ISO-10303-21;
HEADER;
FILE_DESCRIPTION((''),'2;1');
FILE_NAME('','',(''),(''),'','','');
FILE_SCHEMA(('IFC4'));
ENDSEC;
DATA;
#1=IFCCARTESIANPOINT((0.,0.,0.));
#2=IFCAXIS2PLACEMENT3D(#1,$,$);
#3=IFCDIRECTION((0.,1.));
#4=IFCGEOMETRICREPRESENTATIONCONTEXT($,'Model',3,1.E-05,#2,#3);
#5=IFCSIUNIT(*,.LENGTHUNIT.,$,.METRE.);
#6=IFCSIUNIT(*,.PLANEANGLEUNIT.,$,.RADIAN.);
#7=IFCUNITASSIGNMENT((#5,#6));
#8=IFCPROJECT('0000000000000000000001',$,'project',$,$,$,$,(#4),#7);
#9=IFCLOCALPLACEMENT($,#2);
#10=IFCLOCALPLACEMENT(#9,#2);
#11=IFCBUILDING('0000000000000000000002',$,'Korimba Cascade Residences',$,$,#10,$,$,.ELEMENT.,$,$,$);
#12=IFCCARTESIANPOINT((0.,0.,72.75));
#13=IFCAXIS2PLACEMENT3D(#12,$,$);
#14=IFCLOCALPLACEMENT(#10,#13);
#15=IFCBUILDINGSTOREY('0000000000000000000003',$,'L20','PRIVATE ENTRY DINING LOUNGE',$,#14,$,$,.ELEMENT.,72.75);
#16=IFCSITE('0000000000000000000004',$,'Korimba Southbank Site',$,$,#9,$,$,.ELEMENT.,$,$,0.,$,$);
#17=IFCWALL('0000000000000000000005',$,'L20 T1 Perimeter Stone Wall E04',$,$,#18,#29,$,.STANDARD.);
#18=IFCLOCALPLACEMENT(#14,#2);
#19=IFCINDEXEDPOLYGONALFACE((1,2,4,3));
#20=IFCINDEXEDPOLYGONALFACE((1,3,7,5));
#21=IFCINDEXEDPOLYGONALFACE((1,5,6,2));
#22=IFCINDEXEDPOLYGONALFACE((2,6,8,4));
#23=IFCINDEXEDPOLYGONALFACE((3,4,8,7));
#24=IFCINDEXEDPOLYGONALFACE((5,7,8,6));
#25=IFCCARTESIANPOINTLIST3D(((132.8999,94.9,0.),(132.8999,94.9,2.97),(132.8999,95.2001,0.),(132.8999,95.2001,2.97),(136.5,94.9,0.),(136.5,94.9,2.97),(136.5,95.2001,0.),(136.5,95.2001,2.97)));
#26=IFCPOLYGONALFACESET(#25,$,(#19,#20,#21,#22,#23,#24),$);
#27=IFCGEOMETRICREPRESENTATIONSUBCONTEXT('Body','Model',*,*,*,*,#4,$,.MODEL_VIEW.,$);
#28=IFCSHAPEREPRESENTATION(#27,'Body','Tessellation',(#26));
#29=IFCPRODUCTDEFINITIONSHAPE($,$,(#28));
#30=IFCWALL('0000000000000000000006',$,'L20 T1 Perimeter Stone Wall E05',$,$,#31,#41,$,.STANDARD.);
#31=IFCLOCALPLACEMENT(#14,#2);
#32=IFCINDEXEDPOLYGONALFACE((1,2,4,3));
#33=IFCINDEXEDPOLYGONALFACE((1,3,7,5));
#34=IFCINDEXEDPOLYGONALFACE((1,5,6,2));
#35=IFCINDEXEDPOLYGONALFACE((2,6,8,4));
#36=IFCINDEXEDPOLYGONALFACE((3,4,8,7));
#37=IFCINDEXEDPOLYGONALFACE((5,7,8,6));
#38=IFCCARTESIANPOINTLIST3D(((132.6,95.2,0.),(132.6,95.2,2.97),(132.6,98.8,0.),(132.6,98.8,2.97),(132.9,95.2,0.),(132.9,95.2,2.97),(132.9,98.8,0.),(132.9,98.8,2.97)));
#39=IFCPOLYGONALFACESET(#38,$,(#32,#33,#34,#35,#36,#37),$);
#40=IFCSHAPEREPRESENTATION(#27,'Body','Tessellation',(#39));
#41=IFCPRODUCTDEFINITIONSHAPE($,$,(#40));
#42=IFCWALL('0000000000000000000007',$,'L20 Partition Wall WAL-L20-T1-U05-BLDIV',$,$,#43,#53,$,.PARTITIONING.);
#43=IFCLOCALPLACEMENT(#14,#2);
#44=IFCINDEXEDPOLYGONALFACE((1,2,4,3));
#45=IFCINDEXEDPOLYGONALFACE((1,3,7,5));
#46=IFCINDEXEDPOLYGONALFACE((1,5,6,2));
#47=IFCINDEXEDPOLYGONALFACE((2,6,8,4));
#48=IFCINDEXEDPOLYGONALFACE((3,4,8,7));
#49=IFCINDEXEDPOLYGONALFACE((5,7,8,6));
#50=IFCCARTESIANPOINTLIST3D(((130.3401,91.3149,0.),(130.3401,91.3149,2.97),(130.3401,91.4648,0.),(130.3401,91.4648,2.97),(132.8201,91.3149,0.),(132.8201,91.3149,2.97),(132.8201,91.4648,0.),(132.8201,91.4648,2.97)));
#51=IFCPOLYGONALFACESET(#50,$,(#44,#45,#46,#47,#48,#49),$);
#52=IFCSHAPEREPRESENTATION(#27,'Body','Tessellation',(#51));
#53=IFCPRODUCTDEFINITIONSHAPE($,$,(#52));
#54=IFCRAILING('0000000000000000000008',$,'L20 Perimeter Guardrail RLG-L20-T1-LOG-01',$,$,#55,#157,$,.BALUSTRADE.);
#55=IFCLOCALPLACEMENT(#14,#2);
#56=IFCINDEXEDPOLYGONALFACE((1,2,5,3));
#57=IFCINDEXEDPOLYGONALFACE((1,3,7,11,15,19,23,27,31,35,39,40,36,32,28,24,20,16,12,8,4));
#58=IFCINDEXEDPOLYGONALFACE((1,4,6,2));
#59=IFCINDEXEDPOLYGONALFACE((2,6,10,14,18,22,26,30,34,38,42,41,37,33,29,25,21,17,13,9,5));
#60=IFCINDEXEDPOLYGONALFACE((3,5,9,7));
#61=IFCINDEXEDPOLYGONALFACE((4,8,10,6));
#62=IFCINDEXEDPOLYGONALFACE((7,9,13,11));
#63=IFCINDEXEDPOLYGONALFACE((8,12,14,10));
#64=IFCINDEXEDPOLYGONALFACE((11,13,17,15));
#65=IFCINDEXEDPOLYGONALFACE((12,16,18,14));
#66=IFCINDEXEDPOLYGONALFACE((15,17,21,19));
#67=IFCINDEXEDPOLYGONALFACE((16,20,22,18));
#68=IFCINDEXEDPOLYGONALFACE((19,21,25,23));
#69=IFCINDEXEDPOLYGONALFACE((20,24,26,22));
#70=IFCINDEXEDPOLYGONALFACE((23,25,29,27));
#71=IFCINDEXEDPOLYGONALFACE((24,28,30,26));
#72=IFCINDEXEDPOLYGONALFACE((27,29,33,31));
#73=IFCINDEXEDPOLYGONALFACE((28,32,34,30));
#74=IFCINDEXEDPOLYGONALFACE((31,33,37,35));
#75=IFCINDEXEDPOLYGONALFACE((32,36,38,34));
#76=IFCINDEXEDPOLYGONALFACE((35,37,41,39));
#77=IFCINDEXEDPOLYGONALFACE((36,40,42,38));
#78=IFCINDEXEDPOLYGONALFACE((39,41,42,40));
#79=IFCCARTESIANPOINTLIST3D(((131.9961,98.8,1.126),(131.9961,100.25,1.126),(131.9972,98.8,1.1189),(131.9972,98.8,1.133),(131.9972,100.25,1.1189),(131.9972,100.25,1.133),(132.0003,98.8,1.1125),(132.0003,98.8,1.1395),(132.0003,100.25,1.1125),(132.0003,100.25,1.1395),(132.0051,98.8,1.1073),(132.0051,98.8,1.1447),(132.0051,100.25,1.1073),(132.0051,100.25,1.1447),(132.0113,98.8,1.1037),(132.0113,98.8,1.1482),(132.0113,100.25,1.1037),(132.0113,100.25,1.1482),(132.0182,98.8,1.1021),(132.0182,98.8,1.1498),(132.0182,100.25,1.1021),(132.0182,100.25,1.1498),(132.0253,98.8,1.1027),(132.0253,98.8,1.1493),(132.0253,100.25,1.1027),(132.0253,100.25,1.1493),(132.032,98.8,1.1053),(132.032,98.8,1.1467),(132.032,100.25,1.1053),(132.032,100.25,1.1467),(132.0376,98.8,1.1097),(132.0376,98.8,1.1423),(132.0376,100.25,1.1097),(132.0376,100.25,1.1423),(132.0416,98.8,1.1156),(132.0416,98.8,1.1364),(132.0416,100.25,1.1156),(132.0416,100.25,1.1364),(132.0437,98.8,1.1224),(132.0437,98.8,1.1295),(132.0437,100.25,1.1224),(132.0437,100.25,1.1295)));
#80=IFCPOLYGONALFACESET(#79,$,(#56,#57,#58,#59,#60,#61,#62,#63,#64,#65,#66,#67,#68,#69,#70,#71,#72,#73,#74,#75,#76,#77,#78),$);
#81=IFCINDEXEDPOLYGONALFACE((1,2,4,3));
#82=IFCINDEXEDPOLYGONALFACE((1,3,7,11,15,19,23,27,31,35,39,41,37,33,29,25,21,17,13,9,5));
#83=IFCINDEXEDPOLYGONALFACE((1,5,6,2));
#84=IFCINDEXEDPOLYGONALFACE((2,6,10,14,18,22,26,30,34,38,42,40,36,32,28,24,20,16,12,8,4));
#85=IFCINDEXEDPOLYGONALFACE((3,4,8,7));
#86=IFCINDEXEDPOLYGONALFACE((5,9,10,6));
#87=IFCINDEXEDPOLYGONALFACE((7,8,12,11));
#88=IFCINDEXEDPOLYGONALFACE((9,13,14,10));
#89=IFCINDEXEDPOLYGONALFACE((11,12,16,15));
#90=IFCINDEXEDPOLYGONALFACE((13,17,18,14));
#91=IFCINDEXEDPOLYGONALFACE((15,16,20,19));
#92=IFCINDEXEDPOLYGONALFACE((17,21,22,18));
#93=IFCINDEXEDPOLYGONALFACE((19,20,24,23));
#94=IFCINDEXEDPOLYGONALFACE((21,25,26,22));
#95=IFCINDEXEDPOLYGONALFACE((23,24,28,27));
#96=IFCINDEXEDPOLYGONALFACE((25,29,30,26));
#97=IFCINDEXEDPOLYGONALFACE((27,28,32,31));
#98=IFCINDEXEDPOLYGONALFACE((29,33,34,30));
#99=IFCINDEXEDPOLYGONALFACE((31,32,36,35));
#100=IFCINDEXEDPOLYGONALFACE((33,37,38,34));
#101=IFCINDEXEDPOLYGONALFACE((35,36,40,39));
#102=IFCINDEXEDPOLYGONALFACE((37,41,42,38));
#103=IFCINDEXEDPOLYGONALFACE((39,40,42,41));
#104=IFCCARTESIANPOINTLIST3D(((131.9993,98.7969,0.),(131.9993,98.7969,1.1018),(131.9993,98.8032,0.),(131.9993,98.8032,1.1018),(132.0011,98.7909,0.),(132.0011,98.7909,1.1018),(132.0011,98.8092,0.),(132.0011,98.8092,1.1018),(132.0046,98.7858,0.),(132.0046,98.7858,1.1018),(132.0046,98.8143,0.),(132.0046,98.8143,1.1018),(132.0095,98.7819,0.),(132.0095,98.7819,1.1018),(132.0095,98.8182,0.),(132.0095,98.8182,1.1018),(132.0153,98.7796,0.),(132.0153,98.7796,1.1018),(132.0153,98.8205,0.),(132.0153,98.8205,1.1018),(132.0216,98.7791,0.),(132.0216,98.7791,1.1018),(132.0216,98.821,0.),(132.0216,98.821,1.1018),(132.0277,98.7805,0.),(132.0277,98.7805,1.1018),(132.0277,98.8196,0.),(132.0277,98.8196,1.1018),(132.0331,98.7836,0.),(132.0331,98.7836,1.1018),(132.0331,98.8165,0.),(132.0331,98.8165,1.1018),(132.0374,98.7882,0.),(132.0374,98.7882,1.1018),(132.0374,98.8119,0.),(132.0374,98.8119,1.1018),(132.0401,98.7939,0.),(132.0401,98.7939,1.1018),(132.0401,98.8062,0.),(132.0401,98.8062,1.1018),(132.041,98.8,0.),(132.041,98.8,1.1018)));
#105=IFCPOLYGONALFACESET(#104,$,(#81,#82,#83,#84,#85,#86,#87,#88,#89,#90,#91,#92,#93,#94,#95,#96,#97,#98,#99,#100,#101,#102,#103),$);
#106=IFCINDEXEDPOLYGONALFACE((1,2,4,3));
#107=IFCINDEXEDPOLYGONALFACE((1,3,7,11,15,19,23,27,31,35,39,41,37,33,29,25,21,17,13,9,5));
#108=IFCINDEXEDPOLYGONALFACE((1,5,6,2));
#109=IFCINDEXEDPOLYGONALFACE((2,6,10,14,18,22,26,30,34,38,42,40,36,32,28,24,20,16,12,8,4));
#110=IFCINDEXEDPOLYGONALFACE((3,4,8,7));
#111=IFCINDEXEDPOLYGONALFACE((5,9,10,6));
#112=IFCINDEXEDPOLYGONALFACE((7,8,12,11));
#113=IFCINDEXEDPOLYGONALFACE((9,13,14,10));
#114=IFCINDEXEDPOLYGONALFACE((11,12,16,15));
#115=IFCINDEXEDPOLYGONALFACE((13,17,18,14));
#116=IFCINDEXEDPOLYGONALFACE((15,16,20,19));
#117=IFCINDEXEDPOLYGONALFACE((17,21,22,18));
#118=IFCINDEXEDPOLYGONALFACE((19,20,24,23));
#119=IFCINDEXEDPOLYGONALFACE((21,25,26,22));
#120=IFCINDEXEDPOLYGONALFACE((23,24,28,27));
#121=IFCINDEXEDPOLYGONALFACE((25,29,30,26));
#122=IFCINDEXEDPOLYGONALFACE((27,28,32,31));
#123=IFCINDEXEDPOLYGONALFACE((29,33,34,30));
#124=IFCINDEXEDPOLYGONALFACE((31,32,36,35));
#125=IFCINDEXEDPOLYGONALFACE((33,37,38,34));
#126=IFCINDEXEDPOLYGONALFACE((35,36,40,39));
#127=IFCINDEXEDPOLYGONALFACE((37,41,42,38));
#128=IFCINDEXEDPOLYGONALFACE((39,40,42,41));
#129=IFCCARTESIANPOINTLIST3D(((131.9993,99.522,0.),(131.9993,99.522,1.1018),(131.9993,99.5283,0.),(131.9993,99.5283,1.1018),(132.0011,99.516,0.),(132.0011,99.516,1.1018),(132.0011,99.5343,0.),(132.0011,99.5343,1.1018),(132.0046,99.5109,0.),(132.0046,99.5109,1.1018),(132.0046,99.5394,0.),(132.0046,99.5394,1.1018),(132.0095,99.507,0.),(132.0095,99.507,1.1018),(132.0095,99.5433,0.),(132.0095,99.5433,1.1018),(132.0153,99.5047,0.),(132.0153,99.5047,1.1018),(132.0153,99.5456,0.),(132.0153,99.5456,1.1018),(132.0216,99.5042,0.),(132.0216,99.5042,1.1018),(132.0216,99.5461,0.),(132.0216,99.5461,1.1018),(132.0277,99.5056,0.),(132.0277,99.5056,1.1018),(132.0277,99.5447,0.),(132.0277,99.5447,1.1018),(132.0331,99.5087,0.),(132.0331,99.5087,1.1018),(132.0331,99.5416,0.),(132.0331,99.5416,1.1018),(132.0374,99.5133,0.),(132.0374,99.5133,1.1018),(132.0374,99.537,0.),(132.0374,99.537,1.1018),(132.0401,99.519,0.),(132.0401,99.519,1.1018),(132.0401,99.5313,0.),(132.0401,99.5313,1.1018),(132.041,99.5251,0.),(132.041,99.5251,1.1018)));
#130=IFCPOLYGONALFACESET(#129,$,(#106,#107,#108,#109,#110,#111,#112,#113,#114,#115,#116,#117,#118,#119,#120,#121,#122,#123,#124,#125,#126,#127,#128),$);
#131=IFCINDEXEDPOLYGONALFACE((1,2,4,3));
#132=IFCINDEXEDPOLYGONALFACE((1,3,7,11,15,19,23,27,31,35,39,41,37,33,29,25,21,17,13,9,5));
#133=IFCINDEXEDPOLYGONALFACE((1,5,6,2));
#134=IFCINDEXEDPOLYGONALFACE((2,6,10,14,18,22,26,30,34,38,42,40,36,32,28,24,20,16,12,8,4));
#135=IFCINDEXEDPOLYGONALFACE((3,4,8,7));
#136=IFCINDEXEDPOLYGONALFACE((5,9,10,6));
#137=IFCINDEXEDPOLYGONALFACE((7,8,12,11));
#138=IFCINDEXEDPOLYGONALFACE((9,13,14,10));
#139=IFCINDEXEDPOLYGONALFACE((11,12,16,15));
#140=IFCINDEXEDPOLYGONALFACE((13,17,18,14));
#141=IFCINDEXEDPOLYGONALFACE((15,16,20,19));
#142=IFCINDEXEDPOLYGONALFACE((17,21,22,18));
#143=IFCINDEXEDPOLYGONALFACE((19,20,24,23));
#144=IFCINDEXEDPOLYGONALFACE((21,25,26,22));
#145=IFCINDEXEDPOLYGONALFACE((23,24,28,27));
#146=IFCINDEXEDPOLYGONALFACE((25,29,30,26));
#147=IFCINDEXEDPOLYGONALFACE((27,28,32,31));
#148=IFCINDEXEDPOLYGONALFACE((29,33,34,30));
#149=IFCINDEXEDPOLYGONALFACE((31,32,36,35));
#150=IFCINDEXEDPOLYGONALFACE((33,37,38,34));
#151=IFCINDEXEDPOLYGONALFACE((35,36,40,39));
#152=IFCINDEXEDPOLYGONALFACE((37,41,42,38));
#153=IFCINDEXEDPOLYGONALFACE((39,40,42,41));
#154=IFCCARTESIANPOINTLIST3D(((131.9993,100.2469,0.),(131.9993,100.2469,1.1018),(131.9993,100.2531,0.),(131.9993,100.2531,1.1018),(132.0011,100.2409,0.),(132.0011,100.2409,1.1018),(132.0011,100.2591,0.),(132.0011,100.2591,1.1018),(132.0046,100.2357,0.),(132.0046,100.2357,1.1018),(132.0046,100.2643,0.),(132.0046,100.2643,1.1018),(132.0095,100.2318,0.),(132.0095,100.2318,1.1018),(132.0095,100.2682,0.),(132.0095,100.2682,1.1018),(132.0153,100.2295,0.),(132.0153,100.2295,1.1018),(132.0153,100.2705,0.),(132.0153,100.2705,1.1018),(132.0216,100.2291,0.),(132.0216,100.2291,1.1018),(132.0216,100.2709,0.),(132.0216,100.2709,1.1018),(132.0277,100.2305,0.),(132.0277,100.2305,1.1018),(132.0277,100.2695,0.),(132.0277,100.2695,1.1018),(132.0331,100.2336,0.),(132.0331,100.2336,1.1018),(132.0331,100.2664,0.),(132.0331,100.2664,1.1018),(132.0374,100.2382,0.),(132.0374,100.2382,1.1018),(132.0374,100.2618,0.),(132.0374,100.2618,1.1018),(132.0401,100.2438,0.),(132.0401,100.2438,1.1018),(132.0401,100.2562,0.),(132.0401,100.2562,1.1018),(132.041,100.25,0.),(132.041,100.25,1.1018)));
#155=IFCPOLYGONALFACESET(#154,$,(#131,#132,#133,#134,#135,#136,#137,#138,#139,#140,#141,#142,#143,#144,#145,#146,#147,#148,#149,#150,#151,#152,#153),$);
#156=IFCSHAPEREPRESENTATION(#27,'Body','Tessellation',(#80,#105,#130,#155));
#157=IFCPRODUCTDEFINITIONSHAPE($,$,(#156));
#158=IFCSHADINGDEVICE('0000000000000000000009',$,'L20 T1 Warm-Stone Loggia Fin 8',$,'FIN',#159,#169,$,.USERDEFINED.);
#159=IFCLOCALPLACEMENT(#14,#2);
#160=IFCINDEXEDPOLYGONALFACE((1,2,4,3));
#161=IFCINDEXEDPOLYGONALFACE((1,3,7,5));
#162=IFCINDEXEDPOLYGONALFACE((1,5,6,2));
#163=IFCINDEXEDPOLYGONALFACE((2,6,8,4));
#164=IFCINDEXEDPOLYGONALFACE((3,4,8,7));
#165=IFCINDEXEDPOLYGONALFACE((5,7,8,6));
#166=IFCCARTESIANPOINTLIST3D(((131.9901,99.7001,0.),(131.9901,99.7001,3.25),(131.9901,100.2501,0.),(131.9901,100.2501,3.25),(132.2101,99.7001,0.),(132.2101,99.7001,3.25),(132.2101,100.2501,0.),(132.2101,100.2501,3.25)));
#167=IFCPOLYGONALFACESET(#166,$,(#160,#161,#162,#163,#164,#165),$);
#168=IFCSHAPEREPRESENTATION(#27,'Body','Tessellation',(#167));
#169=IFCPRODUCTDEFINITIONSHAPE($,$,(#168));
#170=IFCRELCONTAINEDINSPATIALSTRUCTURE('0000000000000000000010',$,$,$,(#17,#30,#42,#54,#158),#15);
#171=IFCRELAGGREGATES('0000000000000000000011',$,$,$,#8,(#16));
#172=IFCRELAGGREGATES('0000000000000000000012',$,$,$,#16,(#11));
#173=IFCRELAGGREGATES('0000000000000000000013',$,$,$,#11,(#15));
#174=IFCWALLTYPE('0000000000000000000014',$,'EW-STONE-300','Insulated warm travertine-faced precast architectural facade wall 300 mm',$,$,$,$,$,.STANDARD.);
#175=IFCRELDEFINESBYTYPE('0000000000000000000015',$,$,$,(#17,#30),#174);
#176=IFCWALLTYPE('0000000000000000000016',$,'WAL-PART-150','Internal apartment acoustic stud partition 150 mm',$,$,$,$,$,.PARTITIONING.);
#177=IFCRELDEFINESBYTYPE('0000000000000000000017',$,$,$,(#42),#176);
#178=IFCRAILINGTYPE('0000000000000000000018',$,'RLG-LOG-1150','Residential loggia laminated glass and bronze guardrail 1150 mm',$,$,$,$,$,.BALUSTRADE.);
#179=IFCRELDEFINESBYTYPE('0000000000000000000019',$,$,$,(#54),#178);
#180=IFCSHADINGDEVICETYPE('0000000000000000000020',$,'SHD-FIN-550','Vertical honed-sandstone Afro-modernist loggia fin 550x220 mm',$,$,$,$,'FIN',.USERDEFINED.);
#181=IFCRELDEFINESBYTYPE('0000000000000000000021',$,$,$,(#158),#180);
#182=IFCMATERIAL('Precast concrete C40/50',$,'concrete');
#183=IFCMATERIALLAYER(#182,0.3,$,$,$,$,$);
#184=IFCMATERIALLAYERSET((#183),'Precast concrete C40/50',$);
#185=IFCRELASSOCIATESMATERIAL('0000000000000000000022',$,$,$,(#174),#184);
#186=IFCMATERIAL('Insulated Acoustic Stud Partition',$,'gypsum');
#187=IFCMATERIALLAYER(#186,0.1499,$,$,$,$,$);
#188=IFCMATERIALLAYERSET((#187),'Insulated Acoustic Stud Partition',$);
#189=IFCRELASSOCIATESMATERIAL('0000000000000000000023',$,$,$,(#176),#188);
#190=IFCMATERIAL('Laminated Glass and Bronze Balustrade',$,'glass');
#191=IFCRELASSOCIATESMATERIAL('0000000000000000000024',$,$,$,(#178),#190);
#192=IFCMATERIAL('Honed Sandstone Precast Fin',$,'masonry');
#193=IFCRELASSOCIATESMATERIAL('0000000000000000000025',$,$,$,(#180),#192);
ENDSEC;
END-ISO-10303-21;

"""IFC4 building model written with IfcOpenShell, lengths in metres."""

from ifc_helpers import new_model, si_unit, direction, frame, frame_2d, origin, origin_2d, place, context, subcontext, project, spatial, rectangle, circle, extrude, material, layer, layer_set, type_object, element, save


model = new_model("IFC4")

# Units and contexts
model_context = context("Model", 3, precision=1e-05, world=origin(), true_north=direction((0.0, 1.0)))
body_context = subcontext(model_context, "Body", "Model", "MODEL_VIEW")
ifc_project = project(units=[si_unit("LENGTHUNIT", "METRE"), si_unit("PLANEANGLEUNIT", "RADIAN")], contexts=[model_context])

# Site, building, storey
site_placement = place(None, origin())
site = spatial("IfcSite", under=ifc_project, at=site_placement, Name="Korimba Southbank Site", CompositionType="ELEMENT", RefElevation=0.0)
building_placement = place(site_placement, origin())
building = spatial("IfcBuilding", under=site, at=building_placement, Name="Korimba Cascade Residences", CompositionType="ELEMENT")
storey_placement = place(building_placement, frame((0.0, 0.0, 72.75)))
storey = spatial("IfcBuildingStorey", under=building, at=storey_placement, Name="L20", Description="PRIVATE ENTRY DINING LOUNGE", CompositionType="ELEMENT", Elevation=72.75)

# Shared definitions
ifc_material_1 = material(Name="Precast concrete C40/50", Category="concrete")

# Walls
ifc_layer_1 = layer(ifc_material_1, 0.3)
ifc_layer_set_1 = layer_set([ifc_layer_1], Name="Precast concrete C40/50")
wall_type_1 = type_object("IfcWallType", Name="EW-STONE-300", Description="Insulated warm travertine-faced precast architectural facade wall 300 mm", PredefinedType="STANDARD", material=ifc_layer_set_1)
for number, where, z_axis, x_axis, name in (
    (1, (136.5, 95.05, 0.0), (0.0, 0.0, 1.0), (-1.0, 0.0, 0.0), "L20 T1 Perimeter Stone Wall E04"),
    (2, (132.75, 95.2, 0.0), (0.0, 0.0, 1.0), (0.0, 1.0, 0.0), "L20 T1 Perimeter Stone Wall E05"),
):
    element("IfcWall", number, at=place(storey_placement, frame(where, z_axis=z_axis, x_axis=x_axis)), inside=storey, type_object=wall_type_1, Name=name, PredefinedType="STANDARD", context=body_context, shape_type="SweptSolid", body=[
        extrude(rectangle(XDim=3.6001, YDim=0.3, at=frame_2d((1.8, 0.0))), origin(), (0.0, 0.0, 1.0), 2.97),
    ])
ifc_material_2 = material(Name="Insulated Acoustic Stud Partition", Category="gypsum")
ifc_layer_2 = layer(ifc_material_2, 0.1499)
ifc_layer_set_2 = layer_set([ifc_layer_2], Name="Insulated Acoustic Stud Partition")
wall_type_2 = type_object("IfcWallType", Name="WAL-PART-150", Description="Internal apartment acoustic stud partition 150 mm", PredefinedType="PARTITIONING", material=ifc_layer_set_2)
wall_1_placement = place(storey_placement, frame((130.3401, 91.3899, 0.0), z_axis=(0.0, 0.0, 1.0), x_axis=(1.0, 0.0, 0.0)))
element("IfcWall", 3, at=wall_1_placement, inside=storey, type_object=wall_type_2, Name="L20 Partition Wall WAL-L20-T1-U05-BLDIV", PredefinedType="PARTITIONING", context=body_context, shape_type="SweptSolid", body=[
    extrude(rectangle(XDim=2.48, YDim=0.1499, at=frame_2d((1.24, 0.0))), origin(), (0.0, 0.0, 1.0), 2.97),
])

# Railing
ifc_material_3 = material(Name="Laminated Glass and Bronze Balustrade", Category="glass")
railing_type = type_object("IfcRailingType", Name="RLG-LOG-1150", Description="Residential loggia laminated glass and bronze guardrail 1150 mm", PredefinedType="BALUSTRADE", material=ifc_material_3)
railing_1_placement = place(storey_placement, frame((132.02, 98.8, 0.0)))
element("IfcRailing", 4, at=railing_1_placement, inside=storey, type_object=railing_type, Name="L20 Perimeter Guardrail RLG-L20-T1-LOG-01", PredefinedType="BALUSTRADE", context=body_context, shape_type="SweptSolid", body=[
    extrude(circle(Radius=0.0239, at=origin_2d()), frame((0.0, 0.0, 1.126), z_axis=(0.0, 1.0, 0.0), x_axis=(-1.0, 0.0, 0.0)), (0.0, 0.0, 1.0), 1.45),
    extrude(circle(Radius=0.021, at=origin_2d()), origin(), (0.0, 0.0, 1.0), 1.1018),
    extrude(circle(Radius=0.021, at=origin_2d()), frame((0.0, 0.7251, 0.0)), (0.0, 0.0, 1.0), 1.1018),
    extrude(circle(Radius=0.021, at=origin_2d()), frame((0.0, 1.45, 0.0)), (0.0, 0.0, 1.0), 1.1018),
])

# Shading device
ifc_material_4 = material(Name="Honed Sandstone Precast Fin", Category="masonry")
shading_device_type = type_object("IfcShadingDeviceType", Name="SHD-FIN-550", Description="Vertical honed-sandstone Afro-modernist loggia fin 550x220 mm", ElementType="FIN", PredefinedType="USERDEFINED", material=ifc_material_4)
shading_device_placement = place(storey_placement, frame((132.1001, 99.9751, 0.0), z_axis=(0.0, 0.0, 1.0), x_axis=(1.0, 0.0, 0.0)))
element("IfcShadingDevice", 5, at=shading_device_placement, inside=storey, type_object=shading_device_type, Name="L20 T1 Warm-Stone Loggia Fin 8", ObjectType="FIN", PredefinedType="USERDEFINED", context=body_context, shape_type="SweptSolid", body=[
    extrude(rectangle(XDim=0.22, YDim=0.55, at=origin_2d()), origin(), (0.0, 0.0, 1.0), 3.25),
])

save(model, "model.ifc")
